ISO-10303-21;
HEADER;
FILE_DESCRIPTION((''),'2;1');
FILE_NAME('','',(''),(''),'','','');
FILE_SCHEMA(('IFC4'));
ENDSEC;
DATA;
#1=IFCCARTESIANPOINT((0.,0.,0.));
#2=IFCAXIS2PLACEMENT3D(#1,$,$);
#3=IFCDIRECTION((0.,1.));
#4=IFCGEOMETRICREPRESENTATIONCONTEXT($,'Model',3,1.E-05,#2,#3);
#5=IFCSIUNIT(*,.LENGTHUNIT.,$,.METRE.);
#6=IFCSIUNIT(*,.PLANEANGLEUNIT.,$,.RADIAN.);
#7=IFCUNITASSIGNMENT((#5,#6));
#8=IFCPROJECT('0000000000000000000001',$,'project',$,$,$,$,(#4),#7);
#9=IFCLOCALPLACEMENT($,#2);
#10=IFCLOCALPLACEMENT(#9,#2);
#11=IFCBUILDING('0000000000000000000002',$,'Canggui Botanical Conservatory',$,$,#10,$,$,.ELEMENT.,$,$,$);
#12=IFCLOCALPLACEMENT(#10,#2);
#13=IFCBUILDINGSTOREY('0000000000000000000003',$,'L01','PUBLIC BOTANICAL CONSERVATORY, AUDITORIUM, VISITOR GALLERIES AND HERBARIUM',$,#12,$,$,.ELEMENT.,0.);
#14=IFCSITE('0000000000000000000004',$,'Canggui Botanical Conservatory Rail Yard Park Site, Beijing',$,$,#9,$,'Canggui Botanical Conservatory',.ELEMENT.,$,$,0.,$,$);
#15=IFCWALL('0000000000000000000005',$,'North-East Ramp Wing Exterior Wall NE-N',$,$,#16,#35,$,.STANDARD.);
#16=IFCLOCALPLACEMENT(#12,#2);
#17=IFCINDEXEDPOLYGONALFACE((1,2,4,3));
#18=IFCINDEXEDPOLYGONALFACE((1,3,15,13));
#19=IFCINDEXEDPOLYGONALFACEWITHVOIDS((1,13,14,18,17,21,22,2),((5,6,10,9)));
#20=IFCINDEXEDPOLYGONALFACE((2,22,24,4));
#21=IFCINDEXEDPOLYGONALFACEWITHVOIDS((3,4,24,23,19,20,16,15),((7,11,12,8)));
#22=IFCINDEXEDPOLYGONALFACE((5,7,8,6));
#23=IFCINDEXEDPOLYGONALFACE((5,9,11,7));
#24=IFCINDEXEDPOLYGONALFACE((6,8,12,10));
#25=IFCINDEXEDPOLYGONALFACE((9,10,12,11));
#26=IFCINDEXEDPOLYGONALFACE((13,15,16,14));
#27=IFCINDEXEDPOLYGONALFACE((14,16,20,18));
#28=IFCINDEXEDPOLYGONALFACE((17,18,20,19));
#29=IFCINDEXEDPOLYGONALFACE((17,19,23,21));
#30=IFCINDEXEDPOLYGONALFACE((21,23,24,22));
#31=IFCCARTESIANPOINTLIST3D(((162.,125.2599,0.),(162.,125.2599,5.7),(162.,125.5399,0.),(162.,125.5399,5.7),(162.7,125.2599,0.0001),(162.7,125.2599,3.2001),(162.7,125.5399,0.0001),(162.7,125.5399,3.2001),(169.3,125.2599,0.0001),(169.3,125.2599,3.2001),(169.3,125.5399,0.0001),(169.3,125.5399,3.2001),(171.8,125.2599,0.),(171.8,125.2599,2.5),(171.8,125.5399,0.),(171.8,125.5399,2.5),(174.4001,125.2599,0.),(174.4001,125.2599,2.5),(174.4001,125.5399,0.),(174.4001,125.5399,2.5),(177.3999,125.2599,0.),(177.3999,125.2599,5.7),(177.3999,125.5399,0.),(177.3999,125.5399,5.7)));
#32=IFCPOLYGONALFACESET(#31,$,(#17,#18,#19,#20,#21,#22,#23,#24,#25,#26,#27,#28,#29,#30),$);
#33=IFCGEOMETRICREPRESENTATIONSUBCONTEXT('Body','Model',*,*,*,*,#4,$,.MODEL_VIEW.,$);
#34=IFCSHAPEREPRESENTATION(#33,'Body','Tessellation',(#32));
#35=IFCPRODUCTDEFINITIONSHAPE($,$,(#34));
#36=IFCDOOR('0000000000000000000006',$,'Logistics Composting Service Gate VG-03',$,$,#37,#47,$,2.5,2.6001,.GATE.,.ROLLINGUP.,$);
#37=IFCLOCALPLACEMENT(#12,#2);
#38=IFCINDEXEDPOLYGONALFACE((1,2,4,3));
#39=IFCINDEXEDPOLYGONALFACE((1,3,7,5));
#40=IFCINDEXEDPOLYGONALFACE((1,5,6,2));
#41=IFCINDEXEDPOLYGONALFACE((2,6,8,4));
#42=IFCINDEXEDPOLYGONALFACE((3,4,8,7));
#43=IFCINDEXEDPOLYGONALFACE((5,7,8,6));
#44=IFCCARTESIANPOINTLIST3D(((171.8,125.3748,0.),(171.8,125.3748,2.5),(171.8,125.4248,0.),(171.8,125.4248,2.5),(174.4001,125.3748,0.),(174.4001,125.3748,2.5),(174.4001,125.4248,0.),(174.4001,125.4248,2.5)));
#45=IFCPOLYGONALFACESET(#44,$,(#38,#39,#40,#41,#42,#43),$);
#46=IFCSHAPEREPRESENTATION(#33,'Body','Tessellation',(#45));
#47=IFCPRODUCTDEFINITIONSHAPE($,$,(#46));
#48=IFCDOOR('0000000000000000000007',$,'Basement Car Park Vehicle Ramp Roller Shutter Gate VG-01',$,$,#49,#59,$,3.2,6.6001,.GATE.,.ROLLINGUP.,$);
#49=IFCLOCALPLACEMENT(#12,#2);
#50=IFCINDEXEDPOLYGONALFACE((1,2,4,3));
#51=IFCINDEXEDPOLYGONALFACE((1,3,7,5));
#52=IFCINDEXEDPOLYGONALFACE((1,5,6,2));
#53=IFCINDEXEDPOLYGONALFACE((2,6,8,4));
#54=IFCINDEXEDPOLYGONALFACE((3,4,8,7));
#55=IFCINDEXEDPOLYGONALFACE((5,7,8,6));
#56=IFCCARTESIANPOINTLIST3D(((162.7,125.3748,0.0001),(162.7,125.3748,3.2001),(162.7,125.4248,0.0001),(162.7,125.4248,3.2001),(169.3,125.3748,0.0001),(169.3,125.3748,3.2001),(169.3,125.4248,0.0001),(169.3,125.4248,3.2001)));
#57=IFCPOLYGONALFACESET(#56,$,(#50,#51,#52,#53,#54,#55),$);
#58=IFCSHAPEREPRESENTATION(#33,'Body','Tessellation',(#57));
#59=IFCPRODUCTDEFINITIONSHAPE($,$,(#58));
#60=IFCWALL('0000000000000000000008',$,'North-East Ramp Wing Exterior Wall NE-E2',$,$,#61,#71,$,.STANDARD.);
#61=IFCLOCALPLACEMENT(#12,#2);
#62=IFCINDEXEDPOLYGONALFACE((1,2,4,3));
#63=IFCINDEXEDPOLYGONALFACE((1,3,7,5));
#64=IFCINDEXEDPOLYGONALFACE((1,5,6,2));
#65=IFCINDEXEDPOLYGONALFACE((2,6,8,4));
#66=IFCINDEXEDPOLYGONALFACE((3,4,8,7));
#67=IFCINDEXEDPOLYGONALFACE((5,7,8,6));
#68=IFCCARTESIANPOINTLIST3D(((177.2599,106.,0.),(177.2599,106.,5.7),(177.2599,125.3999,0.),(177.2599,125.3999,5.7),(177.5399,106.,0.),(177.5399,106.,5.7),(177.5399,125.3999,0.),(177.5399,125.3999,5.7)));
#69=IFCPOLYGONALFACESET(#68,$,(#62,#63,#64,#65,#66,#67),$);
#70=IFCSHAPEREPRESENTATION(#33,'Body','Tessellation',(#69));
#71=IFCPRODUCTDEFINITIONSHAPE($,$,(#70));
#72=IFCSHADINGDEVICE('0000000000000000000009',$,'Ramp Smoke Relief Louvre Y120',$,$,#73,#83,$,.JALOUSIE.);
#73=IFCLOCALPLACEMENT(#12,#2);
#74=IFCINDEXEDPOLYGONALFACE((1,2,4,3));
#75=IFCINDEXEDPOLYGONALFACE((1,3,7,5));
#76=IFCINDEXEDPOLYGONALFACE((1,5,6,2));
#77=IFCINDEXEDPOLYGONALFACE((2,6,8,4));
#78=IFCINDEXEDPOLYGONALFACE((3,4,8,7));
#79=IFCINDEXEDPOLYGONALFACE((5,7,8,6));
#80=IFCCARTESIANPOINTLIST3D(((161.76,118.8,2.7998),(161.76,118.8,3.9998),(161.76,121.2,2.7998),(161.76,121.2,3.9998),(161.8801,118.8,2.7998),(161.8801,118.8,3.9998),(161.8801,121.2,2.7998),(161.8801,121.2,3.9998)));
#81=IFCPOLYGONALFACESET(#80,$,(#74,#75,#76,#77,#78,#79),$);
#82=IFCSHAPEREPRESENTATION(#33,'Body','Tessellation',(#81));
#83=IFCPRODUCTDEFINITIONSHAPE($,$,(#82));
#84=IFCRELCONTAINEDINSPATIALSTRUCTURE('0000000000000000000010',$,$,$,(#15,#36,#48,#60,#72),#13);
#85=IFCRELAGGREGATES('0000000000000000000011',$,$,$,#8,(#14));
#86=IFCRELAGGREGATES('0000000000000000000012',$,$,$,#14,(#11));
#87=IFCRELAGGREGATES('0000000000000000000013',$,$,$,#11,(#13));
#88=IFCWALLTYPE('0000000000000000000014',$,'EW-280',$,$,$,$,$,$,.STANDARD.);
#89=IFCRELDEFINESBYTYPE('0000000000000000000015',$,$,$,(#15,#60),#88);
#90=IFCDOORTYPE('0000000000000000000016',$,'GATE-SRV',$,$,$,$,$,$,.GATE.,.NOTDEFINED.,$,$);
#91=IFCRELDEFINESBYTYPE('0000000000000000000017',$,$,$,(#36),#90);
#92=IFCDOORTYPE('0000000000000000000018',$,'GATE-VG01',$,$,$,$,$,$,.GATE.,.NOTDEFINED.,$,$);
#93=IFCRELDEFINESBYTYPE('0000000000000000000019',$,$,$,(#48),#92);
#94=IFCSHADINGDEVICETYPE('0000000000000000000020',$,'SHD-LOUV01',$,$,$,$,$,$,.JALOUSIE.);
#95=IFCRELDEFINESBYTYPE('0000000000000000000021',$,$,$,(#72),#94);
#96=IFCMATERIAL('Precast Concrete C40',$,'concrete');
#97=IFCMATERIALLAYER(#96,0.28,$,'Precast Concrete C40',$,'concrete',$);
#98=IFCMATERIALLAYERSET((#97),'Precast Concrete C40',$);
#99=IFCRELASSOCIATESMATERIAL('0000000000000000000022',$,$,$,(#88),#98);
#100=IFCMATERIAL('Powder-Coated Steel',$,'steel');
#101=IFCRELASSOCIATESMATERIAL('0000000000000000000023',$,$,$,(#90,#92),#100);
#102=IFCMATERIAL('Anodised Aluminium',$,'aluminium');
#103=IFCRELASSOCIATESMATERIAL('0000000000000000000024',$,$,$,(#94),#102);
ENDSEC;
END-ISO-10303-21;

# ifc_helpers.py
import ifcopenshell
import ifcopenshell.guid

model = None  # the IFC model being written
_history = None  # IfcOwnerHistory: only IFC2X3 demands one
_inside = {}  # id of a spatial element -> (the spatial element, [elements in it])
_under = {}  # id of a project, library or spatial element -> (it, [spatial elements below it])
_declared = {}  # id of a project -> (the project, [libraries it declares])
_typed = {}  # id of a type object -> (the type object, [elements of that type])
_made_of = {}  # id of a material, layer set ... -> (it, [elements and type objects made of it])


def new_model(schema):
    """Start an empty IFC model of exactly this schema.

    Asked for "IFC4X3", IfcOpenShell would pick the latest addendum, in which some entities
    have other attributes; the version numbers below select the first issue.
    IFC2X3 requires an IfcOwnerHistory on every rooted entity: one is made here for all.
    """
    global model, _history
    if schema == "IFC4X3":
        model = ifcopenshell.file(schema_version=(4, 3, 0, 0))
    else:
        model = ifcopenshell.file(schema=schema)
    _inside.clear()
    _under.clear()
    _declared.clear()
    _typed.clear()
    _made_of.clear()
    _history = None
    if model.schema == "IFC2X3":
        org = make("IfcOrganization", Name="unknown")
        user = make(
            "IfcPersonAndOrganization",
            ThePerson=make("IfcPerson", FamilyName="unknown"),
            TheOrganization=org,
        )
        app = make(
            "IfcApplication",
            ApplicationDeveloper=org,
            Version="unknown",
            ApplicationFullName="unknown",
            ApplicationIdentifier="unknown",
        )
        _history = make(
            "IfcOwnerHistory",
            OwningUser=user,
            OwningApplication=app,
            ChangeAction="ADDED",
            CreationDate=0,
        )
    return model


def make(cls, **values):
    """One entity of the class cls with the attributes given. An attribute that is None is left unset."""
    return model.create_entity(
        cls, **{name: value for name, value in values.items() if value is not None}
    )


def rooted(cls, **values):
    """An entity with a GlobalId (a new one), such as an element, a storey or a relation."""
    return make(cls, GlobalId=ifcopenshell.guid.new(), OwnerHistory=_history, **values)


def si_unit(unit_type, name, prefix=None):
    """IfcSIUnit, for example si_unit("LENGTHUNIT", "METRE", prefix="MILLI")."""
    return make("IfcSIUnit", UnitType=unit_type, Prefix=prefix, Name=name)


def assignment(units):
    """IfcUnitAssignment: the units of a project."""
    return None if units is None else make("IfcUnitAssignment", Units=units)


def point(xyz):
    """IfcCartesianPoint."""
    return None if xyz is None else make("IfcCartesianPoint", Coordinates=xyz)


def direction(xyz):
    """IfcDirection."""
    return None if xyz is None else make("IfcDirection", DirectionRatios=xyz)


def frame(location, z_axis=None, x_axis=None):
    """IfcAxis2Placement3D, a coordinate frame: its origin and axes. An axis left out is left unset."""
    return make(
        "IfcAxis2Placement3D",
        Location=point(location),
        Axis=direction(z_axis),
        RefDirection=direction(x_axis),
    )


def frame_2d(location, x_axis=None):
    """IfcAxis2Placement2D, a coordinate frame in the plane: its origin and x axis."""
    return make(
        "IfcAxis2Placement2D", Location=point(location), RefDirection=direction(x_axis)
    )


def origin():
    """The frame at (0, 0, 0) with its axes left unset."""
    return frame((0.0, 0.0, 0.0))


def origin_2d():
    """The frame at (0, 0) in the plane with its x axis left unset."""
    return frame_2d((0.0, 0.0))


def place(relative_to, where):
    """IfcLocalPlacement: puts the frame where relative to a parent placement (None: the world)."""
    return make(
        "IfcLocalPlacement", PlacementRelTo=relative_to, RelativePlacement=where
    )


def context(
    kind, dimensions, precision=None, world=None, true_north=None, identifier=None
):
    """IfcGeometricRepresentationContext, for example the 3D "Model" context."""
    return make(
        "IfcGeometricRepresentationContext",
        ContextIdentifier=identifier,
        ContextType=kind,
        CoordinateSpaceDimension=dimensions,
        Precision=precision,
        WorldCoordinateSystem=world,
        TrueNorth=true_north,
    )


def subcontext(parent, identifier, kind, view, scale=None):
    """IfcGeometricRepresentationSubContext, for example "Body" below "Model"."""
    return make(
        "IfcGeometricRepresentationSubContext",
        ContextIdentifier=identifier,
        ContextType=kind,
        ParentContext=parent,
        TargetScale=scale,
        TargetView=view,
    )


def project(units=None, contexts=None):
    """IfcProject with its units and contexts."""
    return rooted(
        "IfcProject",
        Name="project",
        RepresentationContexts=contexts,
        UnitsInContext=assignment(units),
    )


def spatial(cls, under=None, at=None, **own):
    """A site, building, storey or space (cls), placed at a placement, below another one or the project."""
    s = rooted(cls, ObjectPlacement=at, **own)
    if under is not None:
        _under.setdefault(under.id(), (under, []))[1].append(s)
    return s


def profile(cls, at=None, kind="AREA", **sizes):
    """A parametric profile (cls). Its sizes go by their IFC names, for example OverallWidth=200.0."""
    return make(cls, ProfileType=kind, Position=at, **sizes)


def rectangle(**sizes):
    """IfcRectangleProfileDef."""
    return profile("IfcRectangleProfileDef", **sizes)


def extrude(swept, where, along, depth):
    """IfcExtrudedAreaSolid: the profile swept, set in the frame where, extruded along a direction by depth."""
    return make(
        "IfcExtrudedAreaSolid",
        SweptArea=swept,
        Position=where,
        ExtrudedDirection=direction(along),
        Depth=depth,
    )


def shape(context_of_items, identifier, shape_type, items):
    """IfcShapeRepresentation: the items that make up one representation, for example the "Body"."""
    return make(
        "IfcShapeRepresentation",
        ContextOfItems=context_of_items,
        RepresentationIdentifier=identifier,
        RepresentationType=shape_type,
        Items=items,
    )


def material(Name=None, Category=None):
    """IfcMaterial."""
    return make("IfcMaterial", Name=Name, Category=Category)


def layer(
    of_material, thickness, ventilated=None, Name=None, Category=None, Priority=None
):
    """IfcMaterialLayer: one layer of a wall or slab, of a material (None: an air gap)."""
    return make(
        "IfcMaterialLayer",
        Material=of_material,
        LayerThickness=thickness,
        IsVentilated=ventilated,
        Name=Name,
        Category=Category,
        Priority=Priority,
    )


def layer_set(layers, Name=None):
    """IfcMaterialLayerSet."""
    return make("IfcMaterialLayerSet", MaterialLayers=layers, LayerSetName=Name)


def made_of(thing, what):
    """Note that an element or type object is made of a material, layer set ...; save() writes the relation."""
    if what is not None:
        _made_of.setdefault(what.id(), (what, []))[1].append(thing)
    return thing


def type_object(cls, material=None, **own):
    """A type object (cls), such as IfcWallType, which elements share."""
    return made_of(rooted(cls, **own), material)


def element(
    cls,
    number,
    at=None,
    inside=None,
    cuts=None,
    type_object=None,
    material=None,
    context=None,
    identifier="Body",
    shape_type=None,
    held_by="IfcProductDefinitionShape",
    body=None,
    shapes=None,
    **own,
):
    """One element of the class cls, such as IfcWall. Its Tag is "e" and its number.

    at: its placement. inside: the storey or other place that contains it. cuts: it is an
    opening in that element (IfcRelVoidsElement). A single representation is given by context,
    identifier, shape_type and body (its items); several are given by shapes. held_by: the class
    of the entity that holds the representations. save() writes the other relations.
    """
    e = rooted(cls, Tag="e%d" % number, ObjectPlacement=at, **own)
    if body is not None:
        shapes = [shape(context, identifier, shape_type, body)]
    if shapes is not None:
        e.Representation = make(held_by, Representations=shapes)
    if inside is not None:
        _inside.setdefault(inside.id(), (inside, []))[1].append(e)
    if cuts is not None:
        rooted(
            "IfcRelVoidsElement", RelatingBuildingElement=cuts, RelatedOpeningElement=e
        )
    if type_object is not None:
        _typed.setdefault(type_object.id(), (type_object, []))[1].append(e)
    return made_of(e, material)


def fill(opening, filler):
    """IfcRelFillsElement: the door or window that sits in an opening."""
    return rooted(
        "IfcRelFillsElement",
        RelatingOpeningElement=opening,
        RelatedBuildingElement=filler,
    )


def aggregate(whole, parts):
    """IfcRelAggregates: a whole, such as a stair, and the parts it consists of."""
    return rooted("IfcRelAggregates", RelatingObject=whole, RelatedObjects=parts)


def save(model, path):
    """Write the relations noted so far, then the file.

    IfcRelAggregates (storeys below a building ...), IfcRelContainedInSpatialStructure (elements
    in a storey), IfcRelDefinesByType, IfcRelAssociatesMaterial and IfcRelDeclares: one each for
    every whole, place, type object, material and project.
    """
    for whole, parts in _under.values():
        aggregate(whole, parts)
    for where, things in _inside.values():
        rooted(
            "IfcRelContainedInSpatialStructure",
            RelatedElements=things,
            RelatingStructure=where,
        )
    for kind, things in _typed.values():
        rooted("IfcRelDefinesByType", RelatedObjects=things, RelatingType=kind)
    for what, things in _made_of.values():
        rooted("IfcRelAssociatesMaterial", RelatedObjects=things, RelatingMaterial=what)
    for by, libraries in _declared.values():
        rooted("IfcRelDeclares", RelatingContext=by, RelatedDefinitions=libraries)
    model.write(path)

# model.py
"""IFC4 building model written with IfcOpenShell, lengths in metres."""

from ifc_helpers import new_model, si_unit, direction, frame, frame_2d, origin, origin_2d, place, context, subcontext, project, spatial, rectangle, extrude, material, layer, layer_set, type_object, element, fill, save


model = new_model("IFC4")

# Units and contexts
model_context = context("Model", 3, precision=1e-05, world=origin(), true_north=direction((0.0, 1.0)))
body_context = subcontext(model_context, "Body", "Model", "MODEL_VIEW")
ifc_project = project(units=[si_unit("LENGTHUNIT", "METRE"), si_unit("PLANEANGLEUNIT", "RADIAN")], contexts=[model_context])

# Site, building, storey
site_placement = place(None, origin())
site = spatial("IfcSite", under=ifc_project, at=site_placement, Name="Canggui Botanical Conservatory Rail Yard Park Site, Beijing", LongName="Canggui Botanical Conservatory", CompositionType="ELEMENT", RefElevation=0.0)
building_placement = place(site_placement, origin())
building = spatial("IfcBuilding", under=site, at=building_placement, Name="Canggui Botanical Conservatory", CompositionType="ELEMENT")
storey_placement = place(building_placement, origin())
storey = spatial("IfcBuildingStorey", under=building, at=storey_placement, Name="L01", Description="PUBLIC BOTANICAL CONSERVATORY, AUDITORIUM, VISITOR GALLERIES AND HERBARIUM", CompositionType="ELEMENT", Elevation=0.0)

# Wall, openings, doors
ifc_material_1 = material(Name="Precast Concrete C40", Category="concrete")
ifc_layer = layer(ifc_material_1, 0.28, Name="Precast Concrete C40", Category="concrete")
ifc_layer_set = layer_set([ifc_layer], Name="Precast Concrete C40")
wall_type = type_object("IfcWallType", Name="EW-280", PredefinedType="STANDARD", material=ifc_layer_set)
wall_1_placement = place(storey_placement, frame((162.0, 125.3999, 0.0), z_axis=(0.0, 0.0, 1.0), x_axis=(1.0, 0.0, 0.0)))
wall_1 = element("IfcWall", 1, at=wall_1_placement, inside=storey, type_object=wall_type, Name="North-East Ramp Wing Exterior Wall NE-N", PredefinedType="STANDARD", context=body_context, shape_type="SweptSolid", body=[
    extrude(rectangle(XDim=15.3999, YDim=0.28, at=frame_2d((7.7, 0.0))), origin(), (0.0, 0.0, 1.0), 5.7),
])
opening_1_placement = place(wall_1_placement, frame((0.7, 0.0, 0.0)))
opening_1 = element("IfcOpeningElement", 2, at=opening_1_placement, cuts=wall_1, PredefinedType="OPENING", context=body_context, shape_type="SweptSolid", body=[
    extrude(rectangle(XDim=6.6001, YDim=3.2, at=frame_2d((3.3, 1.6001))), frame((0.0, 0.1499, 0.0), z_axis=(0.0, -1.0, 0.0), x_axis=(1.0, 0.0, 0.0)), (0.0, 0.0, 1.0), 0.3),
])
opening_2_placement = place(wall_1_placement, frame((9.8, 0.0, 0.0)))
opening_2 = element("IfcOpeningElement", 3, at=opening_2_placement, cuts=wall_1, PredefinedType="OPENING", context=body_context, shape_type="SweptSolid", body=[
    extrude(rectangle(XDim=2.6001, YDim=2.5, at=frame_2d((1.3, 1.25))), frame((0.0, 0.1499, 0.0), z_axis=(0.0, -1.0, 0.0), x_axis=(1.0, 0.0, 0.0)), (0.0, 0.0, 1.0), 0.3),
])
ifc_material_2 = material(Name="Powder-Coated Steel", Category="steel")
door_type_1 = type_object("IfcDoorType", Name="GATE-SRV", OperationType="NOTDEFINED", PredefinedType="GATE", material=ifc_material_2)
door_1_placement = place(opening_2_placement, origin())
door_1 = element("IfcDoor", 4, at=door_1_placement, inside=storey, type_object=door_type_1, Name="Logistics Composting Service Gate VG-03", OperationType="ROLLINGUP", OverallHeight=2.5, OverallWidth=2.6001, PredefinedType="GATE", context=body_context, shape_type="SweptSolid", body=[
    extrude(rectangle(XDim=2.6001, YDim=2.5, at=frame_2d((1.3, 1.25))), frame((0.0, 0.0249, 0.0), z_axis=(0.0, -1.0, 0.0), x_axis=(1.0, 0.0, 0.0)), (0.0, 0.0, 1.0), 0.05),
])
fill(opening_2, door_1)
door_type_2 = type_object("IfcDoorType", Name="GATE-VG01", OperationType="NOTDEFINED", PredefinedType="GATE", material=ifc_material_2)
door_2_placement = place(opening_1_placement, origin())
door_2 = element("IfcDoor", 5, at=door_2_placement, inside=storey, type_object=door_type_2, Name="Basement Car Park Vehicle Ramp Roller Shutter Gate VG-01", OperationType="ROLLINGUP", OverallHeight=3.2, OverallWidth=6.6001, PredefinedType="GATE", context=body_context, shape_type="SweptSolid", body=[
    extrude(rectangle(XDim=6.6001, YDim=3.2, at=frame_2d((3.3, 1.6001))), frame((0.0, 0.0249, 0.0), z_axis=(0.0, -1.0, 0.0), x_axis=(1.0, 0.0, 0.0)), (0.0, 0.0, 1.0), 0.05),
])
fill(opening_1, door_2)

# Wall
wall_2_placement = place(storey_placement, frame((177.3999, 125.3999, 0.0), z_axis=(0.0, 0.0, 1.0), x_axis=(0.0, -1.0, 0.0)))
element("IfcWall", 6, at=wall_2_placement, inside=storey, type_object=wall_type, Name="North-East Ramp Wing Exterior Wall NE-E2", PredefinedType="STANDARD", context=body_context, shape_type="SweptSolid", body=[
    extrude(rectangle(XDim=19.3999, YDim=0.28, at=frame_2d((9.7, 0.0))), origin(), (0.0, 0.0, 1.0), 5.7),
])

# Shading device
ifc_material_3 = material(Name="Anodised Aluminium", Category="aluminium")
shading_device_type = type_object("IfcShadingDeviceType", Name="SHD-LOUV01", PredefinedType="JALOUSIE", material=ifc_material_3)
shading_device_placement = place(storey_placement, frame((161.8201, 120.0, 2.7998), z_axis=(0.0, 0.0, 1.0), x_axis=(0.0, 1.0, 0.0)))
element("IfcShadingDevice", 7, at=shading_device_placement, inside=storey, type_object=shading_device_type, Name="Ramp Smoke Relief Louvre Y120", PredefinedType="JALOUSIE", context=body_context, shape_type="SweptSolid", body=[
    extrude(rectangle(XDim=2.3999, YDim=0.1201, at=origin_2d()), origin(), (0.0, 0.0, 1.0), 1.2),
])

save(model, "model.ifc")
